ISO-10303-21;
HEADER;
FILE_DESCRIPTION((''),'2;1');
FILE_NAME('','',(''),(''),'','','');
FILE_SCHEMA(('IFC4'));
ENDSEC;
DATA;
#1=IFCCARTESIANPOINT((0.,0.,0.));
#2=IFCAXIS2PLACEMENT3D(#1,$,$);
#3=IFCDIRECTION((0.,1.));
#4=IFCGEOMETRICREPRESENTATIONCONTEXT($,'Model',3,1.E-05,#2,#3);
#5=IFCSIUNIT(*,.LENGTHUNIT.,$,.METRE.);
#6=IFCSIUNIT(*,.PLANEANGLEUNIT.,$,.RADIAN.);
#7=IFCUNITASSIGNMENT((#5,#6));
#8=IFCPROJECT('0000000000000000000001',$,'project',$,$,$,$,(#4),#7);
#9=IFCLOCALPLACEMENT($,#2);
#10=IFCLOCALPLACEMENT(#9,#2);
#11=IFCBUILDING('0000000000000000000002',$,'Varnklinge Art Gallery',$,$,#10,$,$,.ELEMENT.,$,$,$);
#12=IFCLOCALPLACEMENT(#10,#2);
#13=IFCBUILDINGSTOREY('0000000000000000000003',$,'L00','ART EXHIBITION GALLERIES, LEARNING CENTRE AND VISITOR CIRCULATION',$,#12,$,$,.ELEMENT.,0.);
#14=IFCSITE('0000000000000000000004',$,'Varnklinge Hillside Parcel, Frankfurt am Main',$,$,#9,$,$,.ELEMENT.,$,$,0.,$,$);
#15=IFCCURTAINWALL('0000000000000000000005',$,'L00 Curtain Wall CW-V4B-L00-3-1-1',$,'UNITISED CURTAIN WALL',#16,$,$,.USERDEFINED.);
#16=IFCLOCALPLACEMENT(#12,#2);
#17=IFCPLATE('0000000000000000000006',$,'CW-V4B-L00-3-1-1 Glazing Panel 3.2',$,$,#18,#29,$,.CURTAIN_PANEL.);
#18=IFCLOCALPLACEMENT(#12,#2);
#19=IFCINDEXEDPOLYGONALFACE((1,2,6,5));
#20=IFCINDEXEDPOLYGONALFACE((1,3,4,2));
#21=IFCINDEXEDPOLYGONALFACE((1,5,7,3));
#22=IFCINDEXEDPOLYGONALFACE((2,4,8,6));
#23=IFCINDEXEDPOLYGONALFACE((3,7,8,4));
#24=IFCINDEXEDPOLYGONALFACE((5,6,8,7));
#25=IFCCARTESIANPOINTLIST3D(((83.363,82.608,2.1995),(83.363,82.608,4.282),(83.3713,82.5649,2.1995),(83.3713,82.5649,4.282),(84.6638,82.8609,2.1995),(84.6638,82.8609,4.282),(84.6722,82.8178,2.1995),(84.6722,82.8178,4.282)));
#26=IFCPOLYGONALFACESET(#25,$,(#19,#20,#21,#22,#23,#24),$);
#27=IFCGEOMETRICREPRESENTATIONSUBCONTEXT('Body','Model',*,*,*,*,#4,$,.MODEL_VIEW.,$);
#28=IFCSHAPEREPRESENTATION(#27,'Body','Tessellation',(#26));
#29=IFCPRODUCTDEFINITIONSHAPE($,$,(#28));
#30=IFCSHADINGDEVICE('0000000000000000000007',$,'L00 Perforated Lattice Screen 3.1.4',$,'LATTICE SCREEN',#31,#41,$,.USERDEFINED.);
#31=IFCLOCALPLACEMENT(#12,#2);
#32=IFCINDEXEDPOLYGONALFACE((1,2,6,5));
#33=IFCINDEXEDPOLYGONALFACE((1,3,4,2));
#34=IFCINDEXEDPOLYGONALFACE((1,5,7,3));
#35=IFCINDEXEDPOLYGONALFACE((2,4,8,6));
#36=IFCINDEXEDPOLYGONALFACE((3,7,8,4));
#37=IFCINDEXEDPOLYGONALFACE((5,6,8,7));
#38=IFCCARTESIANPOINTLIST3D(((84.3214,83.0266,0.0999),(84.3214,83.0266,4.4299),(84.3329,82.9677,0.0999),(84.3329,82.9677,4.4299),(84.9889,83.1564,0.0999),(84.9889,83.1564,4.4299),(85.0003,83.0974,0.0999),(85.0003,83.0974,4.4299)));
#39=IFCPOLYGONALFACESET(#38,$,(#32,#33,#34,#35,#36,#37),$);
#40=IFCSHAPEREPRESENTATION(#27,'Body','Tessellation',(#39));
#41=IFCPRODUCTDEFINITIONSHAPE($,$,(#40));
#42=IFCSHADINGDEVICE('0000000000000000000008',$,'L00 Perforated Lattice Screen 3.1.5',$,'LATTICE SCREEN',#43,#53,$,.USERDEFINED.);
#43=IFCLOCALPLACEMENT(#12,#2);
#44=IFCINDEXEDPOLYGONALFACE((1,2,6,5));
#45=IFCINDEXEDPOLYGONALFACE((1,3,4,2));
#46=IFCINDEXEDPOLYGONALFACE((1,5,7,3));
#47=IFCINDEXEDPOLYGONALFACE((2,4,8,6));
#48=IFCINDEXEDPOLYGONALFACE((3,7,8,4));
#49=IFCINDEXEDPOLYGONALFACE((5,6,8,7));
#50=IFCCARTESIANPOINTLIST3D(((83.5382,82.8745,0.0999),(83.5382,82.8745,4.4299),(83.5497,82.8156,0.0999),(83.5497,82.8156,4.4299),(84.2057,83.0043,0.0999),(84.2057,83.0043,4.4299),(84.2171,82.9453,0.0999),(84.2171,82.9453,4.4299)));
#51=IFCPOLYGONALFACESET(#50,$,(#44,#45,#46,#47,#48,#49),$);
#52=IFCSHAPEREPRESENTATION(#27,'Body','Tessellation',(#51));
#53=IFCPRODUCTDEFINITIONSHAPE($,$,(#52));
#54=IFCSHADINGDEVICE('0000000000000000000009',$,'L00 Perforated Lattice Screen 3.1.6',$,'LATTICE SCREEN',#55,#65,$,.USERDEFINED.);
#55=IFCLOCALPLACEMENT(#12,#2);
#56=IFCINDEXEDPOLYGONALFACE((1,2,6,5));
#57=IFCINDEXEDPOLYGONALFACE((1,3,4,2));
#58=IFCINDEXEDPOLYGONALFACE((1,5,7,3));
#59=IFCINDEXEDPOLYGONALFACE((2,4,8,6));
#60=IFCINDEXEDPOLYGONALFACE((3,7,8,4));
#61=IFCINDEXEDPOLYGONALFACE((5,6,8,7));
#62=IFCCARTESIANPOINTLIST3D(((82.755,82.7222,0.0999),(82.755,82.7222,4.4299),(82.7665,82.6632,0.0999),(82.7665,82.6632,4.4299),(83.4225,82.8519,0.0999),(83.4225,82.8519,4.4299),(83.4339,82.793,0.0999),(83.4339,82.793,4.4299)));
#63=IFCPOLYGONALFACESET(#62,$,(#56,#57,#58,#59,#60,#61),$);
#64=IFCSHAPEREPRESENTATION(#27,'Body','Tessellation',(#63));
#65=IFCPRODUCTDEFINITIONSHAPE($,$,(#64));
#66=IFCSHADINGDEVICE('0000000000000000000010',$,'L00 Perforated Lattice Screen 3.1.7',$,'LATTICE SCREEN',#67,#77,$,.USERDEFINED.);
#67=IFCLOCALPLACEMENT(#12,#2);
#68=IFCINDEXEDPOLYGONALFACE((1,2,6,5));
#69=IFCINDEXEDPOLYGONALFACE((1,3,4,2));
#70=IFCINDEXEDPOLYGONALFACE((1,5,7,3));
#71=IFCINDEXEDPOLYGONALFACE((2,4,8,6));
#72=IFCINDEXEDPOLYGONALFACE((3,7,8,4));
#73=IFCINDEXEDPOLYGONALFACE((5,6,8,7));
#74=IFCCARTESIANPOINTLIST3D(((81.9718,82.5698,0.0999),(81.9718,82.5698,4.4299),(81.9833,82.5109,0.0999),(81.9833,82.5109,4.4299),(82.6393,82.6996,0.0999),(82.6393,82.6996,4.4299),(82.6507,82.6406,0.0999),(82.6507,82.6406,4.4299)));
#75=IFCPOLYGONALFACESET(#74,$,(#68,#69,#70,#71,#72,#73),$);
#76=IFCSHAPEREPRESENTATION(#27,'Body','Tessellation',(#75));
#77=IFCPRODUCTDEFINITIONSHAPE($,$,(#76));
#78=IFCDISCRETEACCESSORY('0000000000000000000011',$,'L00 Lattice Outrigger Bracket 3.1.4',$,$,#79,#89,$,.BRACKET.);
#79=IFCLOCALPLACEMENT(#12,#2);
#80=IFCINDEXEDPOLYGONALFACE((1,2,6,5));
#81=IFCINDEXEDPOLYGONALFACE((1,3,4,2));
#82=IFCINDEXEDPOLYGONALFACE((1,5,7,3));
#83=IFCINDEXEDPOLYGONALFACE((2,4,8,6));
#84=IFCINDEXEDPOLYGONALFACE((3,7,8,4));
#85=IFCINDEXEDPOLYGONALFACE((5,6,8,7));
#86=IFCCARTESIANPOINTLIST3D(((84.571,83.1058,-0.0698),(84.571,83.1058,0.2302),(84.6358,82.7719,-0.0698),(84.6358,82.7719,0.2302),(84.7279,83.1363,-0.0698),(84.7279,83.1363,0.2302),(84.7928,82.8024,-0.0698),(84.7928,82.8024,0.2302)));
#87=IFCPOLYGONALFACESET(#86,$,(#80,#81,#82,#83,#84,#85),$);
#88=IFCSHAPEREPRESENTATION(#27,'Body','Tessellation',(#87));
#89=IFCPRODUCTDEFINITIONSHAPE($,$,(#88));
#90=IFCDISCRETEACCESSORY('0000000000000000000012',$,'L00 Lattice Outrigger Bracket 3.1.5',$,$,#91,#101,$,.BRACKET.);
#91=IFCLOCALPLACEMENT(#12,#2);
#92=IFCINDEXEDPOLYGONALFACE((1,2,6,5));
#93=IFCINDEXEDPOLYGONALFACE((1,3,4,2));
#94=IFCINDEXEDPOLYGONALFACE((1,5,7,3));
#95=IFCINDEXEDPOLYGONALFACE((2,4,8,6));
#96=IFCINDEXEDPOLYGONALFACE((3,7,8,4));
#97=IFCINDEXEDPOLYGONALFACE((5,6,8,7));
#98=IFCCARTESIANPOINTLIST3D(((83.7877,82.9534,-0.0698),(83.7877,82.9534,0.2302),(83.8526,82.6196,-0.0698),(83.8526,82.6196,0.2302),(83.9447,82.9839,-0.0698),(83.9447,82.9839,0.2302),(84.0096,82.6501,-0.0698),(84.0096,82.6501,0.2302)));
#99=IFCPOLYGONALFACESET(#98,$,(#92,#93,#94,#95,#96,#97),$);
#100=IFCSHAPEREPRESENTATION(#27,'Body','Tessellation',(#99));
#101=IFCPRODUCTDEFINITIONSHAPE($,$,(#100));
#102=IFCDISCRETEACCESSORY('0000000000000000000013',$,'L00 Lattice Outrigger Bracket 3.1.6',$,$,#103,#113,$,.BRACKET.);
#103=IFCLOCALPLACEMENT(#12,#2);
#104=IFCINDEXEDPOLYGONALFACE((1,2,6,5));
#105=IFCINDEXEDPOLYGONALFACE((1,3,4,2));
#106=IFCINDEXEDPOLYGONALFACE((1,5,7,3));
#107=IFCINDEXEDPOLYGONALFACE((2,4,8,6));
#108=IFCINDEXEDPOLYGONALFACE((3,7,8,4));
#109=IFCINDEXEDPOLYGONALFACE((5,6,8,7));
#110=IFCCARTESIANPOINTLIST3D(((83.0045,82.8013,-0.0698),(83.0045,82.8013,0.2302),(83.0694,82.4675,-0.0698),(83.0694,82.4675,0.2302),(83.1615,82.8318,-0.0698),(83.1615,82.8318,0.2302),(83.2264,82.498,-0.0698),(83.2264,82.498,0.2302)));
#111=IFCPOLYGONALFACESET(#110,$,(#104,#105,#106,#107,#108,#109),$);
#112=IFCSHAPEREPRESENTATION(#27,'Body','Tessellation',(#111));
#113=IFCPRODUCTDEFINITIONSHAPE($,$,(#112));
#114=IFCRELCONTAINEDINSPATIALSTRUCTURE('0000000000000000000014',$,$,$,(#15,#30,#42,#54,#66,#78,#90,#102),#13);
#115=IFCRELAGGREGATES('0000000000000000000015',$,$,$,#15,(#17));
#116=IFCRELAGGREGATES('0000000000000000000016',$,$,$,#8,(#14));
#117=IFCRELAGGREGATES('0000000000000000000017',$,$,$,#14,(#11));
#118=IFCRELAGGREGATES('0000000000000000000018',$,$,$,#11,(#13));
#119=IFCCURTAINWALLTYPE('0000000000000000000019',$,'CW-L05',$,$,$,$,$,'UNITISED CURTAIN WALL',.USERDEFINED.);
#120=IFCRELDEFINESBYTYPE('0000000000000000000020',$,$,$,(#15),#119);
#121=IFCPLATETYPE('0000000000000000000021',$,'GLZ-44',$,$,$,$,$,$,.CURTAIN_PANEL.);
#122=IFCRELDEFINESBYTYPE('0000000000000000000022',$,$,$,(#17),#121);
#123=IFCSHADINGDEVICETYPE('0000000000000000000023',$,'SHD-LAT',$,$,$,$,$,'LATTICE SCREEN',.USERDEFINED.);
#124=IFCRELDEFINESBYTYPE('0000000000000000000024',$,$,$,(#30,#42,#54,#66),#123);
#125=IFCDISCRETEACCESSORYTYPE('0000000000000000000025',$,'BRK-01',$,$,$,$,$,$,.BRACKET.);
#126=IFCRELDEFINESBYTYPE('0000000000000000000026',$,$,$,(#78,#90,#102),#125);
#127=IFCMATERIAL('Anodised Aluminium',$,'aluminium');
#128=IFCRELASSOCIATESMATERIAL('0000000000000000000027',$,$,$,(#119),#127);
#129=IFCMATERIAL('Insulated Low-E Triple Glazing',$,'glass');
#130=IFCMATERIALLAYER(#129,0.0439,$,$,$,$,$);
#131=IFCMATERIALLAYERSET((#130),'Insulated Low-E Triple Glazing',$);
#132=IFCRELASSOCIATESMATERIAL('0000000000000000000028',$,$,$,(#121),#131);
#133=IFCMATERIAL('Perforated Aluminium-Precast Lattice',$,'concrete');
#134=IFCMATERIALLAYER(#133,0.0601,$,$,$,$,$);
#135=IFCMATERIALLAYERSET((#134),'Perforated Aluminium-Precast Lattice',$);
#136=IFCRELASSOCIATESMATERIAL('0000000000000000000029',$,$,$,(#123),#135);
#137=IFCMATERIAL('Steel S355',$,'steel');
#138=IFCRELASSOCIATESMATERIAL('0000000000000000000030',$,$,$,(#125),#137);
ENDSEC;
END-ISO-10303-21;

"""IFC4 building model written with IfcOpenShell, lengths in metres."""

from ifc_helpers import new_model, si_unit, direction, frame, origin, origin_2d, place, context, subcontext, project, spatial, rectangle, extrude, material, layer, layer_set, type_object, element, aggregate, save


model = new_model("IFC4")

# Units and contexts
model_context = context("Model", 3, precision=1e-05, world=origin(), true_north=direction((0.0, 1.0)))
body_context = subcontext(model_context, "Body", "Model", "MODEL_VIEW")
ifc_project = project(units=[si_unit("LENGTHUNIT", "METRE"), si_unit("PLANEANGLEUNIT", "RADIAN")], contexts=[model_context])

# Site, building, storey
site_placement = place(None, origin())
site = spatial("IfcSite", under=ifc_project, at=site_placement, Name="Varnklinge Hillside Parcel, Frankfurt am Main", CompositionType="ELEMENT", RefElevation=0.0)
building_placement = place(site_placement, origin())
building = spatial("IfcBuilding", under=site, at=building_placement, Name="Varnklinge Art Gallery", CompositionType="ELEMENT")
storey_placement = place(building_placement, origin())
storey = spatial("IfcBuildingStorey", under=building, at=storey_placement, Name="L00", Description="ART EXHIBITION GALLERIES, LEARNING CENTRE AND VISITOR CIRCULATION", CompositionType="ELEMENT", Elevation=0.0)

# Curtain wall
ifc_material_1 = material(Name="Anodised Aluminium", Category="aluminium")
curtain_wall_type_1 = type_object("IfcCurtainWallType", Name="CW-L05", ElementType="UNITISED CURTAIN WALL", PredefinedType="USERDEFINED", material=ifc_material_1)
curtain_wall_1_placement = place(storey_placement, origin())
curtain_wall_1 = element("IfcCurtainWall", 1, at=curtain_wall_1_placement, inside=storey, type_object=curtain_wall_type_1, Name="L00 Curtain Wall CW-V4B-L00-3-1-1", ObjectType="UNITISED CURTAIN WALL", PredefinedType="USERDEFINED")

# Plate
ifc_material_2 = material(Name="Insulated Low-E Triple Glazing", Category="glass")
ifc_layer_1 = layer(ifc_material_2, 0.0439)
ifc_layer_set_1 = layer_set([ifc_layer_1], Name="Insulated Low-E Triple Glazing")
plate_type_1 = type_object("IfcPlateType", Name="GLZ-44", PredefinedType="CURTAIN_PANEL", material=ifc_layer_set_1)
plate_1_placement = place(storey_placement, frame((84.0176, 82.7129, 2.1995), z_axis=(0.0, 0.0, 1.0), x_axis=(-0.981627, -0.190809, 0.0)))
plate_1 = element("IfcPlate", 2, at=plate_1_placement, type_object=plate_type_1, Name="CW-V4B-L00-3-1-1 Glazing Panel 3.2", PredefinedType="CURTAIN_PANEL", context=body_context, shape_type="SweptSolid", body=[
    extrude(rectangle(XDim=1.3252, YDim=0.0439, at=origin_2d()), origin(), (0.0, 0.0, 1.0), 2.0825),
])
aggregate(curtain_wall_1, [plate_1])

# Shading devices
ifc_material_3 = material(Name="Perforated Aluminium-Precast Lattice", Category="concrete")
ifc_layer_2 = layer(ifc_material_3, 0.0601)
ifc_layer_set_2 = layer_set([ifc_layer_2], Name="Perforated Aluminium-Precast Lattice")
shading_device_type = type_object("IfcShadingDeviceType", Name="SHD-LAT", ElementType="LATTICE SCREEN", PredefinedType="USERDEFINED", material=ifc_layer_set_2)
for number, where, z_axis, x_axis, name in (
    (3, (84.6609, 83.062, 0.0999), (0.0, 0.0, 1.0), (-0.981627, -0.190809, 0.0), "L00 Perforated Lattice Screen 3.1.4"),
    (4, (83.8777, 82.9099, 0.0999), (0.0, 0.0, 1.0), (-0.981627, -0.190809, 0.0), "L00 Perforated Lattice Screen 3.1.5"),
    (5, (83.0945, 82.7576, 0.0999), (0.0, 0.0, 1.0), (-0.981627, -0.190809, 0.0), "L00 Perforated Lattice Screen 3.1.6"),
    (6, (82.3113, 82.6052, 0.0999), (0.0, 0.0, 1.0), (-0.981627, -0.190809, 0.0), "L00 Perforated Lattice Screen 3.1.7"),
):
    element("IfcShadingDevice", number, at=place(storey_placement, frame(where, z_axis=z_axis, x_axis=x_axis)), inside=storey, type_object=shading_device_type, Name=name, ObjectType="LATTICE SCREEN", PredefinedType="USERDEFINED", context=body_context, shape_type="SweptSolid", body=[
        extrude(rectangle(XDim=0.6799, YDim=0.0601, at=origin_2d()), origin(), (0.0, 0.0, 1.0), 4.3301),
    ])

# Discrete accessories
ifc_material_4 = material(Name="Steel S355", Category="steel")
discrete_accessory_type = type_object("IfcDiscreteAccessoryType", Name="BRK-01", PredefinedType="BRACKET", material=ifc_material_4)
for number, where, z_axis, x_axis, name in (
    (7, (84.6819, 82.9541, -0.0698), (0.0, 0.0, 1.0), (-0.981627, -0.190809, 0.0), "L00 Lattice Outrigger Bracket 3.1.4"),
    (8, (83.8987, 82.8018, -0.0698), (0.0, 0.0, 1.0), (-0.981627, -0.190809, 0.0), "L00 Lattice Outrigger Bracket 3.1.5"),
    (9, (83.1155, 82.6497, -0.0698), (0.0, 0.0, 1.0), (-0.981627, -0.190809, 0.0), "L00 Lattice Outrigger Bracket 3.1.6"),
):
    element("IfcDiscreteAccessory", number, at=place(storey_placement, frame(where, z_axis=z_axis, x_axis=x_axis)), inside=storey, type_object=discrete_accessory_type, Name=name, PredefinedType="BRACKET", context=body_context, shape_type="SweptSolid", body=[
        extrude(rectangle(XDim=0.1599, YDim=0.3401, at=origin_2d()), origin(), (0.0, 0.0, 1.0), 0.3),
    ])

save(model, "model.ifc")
